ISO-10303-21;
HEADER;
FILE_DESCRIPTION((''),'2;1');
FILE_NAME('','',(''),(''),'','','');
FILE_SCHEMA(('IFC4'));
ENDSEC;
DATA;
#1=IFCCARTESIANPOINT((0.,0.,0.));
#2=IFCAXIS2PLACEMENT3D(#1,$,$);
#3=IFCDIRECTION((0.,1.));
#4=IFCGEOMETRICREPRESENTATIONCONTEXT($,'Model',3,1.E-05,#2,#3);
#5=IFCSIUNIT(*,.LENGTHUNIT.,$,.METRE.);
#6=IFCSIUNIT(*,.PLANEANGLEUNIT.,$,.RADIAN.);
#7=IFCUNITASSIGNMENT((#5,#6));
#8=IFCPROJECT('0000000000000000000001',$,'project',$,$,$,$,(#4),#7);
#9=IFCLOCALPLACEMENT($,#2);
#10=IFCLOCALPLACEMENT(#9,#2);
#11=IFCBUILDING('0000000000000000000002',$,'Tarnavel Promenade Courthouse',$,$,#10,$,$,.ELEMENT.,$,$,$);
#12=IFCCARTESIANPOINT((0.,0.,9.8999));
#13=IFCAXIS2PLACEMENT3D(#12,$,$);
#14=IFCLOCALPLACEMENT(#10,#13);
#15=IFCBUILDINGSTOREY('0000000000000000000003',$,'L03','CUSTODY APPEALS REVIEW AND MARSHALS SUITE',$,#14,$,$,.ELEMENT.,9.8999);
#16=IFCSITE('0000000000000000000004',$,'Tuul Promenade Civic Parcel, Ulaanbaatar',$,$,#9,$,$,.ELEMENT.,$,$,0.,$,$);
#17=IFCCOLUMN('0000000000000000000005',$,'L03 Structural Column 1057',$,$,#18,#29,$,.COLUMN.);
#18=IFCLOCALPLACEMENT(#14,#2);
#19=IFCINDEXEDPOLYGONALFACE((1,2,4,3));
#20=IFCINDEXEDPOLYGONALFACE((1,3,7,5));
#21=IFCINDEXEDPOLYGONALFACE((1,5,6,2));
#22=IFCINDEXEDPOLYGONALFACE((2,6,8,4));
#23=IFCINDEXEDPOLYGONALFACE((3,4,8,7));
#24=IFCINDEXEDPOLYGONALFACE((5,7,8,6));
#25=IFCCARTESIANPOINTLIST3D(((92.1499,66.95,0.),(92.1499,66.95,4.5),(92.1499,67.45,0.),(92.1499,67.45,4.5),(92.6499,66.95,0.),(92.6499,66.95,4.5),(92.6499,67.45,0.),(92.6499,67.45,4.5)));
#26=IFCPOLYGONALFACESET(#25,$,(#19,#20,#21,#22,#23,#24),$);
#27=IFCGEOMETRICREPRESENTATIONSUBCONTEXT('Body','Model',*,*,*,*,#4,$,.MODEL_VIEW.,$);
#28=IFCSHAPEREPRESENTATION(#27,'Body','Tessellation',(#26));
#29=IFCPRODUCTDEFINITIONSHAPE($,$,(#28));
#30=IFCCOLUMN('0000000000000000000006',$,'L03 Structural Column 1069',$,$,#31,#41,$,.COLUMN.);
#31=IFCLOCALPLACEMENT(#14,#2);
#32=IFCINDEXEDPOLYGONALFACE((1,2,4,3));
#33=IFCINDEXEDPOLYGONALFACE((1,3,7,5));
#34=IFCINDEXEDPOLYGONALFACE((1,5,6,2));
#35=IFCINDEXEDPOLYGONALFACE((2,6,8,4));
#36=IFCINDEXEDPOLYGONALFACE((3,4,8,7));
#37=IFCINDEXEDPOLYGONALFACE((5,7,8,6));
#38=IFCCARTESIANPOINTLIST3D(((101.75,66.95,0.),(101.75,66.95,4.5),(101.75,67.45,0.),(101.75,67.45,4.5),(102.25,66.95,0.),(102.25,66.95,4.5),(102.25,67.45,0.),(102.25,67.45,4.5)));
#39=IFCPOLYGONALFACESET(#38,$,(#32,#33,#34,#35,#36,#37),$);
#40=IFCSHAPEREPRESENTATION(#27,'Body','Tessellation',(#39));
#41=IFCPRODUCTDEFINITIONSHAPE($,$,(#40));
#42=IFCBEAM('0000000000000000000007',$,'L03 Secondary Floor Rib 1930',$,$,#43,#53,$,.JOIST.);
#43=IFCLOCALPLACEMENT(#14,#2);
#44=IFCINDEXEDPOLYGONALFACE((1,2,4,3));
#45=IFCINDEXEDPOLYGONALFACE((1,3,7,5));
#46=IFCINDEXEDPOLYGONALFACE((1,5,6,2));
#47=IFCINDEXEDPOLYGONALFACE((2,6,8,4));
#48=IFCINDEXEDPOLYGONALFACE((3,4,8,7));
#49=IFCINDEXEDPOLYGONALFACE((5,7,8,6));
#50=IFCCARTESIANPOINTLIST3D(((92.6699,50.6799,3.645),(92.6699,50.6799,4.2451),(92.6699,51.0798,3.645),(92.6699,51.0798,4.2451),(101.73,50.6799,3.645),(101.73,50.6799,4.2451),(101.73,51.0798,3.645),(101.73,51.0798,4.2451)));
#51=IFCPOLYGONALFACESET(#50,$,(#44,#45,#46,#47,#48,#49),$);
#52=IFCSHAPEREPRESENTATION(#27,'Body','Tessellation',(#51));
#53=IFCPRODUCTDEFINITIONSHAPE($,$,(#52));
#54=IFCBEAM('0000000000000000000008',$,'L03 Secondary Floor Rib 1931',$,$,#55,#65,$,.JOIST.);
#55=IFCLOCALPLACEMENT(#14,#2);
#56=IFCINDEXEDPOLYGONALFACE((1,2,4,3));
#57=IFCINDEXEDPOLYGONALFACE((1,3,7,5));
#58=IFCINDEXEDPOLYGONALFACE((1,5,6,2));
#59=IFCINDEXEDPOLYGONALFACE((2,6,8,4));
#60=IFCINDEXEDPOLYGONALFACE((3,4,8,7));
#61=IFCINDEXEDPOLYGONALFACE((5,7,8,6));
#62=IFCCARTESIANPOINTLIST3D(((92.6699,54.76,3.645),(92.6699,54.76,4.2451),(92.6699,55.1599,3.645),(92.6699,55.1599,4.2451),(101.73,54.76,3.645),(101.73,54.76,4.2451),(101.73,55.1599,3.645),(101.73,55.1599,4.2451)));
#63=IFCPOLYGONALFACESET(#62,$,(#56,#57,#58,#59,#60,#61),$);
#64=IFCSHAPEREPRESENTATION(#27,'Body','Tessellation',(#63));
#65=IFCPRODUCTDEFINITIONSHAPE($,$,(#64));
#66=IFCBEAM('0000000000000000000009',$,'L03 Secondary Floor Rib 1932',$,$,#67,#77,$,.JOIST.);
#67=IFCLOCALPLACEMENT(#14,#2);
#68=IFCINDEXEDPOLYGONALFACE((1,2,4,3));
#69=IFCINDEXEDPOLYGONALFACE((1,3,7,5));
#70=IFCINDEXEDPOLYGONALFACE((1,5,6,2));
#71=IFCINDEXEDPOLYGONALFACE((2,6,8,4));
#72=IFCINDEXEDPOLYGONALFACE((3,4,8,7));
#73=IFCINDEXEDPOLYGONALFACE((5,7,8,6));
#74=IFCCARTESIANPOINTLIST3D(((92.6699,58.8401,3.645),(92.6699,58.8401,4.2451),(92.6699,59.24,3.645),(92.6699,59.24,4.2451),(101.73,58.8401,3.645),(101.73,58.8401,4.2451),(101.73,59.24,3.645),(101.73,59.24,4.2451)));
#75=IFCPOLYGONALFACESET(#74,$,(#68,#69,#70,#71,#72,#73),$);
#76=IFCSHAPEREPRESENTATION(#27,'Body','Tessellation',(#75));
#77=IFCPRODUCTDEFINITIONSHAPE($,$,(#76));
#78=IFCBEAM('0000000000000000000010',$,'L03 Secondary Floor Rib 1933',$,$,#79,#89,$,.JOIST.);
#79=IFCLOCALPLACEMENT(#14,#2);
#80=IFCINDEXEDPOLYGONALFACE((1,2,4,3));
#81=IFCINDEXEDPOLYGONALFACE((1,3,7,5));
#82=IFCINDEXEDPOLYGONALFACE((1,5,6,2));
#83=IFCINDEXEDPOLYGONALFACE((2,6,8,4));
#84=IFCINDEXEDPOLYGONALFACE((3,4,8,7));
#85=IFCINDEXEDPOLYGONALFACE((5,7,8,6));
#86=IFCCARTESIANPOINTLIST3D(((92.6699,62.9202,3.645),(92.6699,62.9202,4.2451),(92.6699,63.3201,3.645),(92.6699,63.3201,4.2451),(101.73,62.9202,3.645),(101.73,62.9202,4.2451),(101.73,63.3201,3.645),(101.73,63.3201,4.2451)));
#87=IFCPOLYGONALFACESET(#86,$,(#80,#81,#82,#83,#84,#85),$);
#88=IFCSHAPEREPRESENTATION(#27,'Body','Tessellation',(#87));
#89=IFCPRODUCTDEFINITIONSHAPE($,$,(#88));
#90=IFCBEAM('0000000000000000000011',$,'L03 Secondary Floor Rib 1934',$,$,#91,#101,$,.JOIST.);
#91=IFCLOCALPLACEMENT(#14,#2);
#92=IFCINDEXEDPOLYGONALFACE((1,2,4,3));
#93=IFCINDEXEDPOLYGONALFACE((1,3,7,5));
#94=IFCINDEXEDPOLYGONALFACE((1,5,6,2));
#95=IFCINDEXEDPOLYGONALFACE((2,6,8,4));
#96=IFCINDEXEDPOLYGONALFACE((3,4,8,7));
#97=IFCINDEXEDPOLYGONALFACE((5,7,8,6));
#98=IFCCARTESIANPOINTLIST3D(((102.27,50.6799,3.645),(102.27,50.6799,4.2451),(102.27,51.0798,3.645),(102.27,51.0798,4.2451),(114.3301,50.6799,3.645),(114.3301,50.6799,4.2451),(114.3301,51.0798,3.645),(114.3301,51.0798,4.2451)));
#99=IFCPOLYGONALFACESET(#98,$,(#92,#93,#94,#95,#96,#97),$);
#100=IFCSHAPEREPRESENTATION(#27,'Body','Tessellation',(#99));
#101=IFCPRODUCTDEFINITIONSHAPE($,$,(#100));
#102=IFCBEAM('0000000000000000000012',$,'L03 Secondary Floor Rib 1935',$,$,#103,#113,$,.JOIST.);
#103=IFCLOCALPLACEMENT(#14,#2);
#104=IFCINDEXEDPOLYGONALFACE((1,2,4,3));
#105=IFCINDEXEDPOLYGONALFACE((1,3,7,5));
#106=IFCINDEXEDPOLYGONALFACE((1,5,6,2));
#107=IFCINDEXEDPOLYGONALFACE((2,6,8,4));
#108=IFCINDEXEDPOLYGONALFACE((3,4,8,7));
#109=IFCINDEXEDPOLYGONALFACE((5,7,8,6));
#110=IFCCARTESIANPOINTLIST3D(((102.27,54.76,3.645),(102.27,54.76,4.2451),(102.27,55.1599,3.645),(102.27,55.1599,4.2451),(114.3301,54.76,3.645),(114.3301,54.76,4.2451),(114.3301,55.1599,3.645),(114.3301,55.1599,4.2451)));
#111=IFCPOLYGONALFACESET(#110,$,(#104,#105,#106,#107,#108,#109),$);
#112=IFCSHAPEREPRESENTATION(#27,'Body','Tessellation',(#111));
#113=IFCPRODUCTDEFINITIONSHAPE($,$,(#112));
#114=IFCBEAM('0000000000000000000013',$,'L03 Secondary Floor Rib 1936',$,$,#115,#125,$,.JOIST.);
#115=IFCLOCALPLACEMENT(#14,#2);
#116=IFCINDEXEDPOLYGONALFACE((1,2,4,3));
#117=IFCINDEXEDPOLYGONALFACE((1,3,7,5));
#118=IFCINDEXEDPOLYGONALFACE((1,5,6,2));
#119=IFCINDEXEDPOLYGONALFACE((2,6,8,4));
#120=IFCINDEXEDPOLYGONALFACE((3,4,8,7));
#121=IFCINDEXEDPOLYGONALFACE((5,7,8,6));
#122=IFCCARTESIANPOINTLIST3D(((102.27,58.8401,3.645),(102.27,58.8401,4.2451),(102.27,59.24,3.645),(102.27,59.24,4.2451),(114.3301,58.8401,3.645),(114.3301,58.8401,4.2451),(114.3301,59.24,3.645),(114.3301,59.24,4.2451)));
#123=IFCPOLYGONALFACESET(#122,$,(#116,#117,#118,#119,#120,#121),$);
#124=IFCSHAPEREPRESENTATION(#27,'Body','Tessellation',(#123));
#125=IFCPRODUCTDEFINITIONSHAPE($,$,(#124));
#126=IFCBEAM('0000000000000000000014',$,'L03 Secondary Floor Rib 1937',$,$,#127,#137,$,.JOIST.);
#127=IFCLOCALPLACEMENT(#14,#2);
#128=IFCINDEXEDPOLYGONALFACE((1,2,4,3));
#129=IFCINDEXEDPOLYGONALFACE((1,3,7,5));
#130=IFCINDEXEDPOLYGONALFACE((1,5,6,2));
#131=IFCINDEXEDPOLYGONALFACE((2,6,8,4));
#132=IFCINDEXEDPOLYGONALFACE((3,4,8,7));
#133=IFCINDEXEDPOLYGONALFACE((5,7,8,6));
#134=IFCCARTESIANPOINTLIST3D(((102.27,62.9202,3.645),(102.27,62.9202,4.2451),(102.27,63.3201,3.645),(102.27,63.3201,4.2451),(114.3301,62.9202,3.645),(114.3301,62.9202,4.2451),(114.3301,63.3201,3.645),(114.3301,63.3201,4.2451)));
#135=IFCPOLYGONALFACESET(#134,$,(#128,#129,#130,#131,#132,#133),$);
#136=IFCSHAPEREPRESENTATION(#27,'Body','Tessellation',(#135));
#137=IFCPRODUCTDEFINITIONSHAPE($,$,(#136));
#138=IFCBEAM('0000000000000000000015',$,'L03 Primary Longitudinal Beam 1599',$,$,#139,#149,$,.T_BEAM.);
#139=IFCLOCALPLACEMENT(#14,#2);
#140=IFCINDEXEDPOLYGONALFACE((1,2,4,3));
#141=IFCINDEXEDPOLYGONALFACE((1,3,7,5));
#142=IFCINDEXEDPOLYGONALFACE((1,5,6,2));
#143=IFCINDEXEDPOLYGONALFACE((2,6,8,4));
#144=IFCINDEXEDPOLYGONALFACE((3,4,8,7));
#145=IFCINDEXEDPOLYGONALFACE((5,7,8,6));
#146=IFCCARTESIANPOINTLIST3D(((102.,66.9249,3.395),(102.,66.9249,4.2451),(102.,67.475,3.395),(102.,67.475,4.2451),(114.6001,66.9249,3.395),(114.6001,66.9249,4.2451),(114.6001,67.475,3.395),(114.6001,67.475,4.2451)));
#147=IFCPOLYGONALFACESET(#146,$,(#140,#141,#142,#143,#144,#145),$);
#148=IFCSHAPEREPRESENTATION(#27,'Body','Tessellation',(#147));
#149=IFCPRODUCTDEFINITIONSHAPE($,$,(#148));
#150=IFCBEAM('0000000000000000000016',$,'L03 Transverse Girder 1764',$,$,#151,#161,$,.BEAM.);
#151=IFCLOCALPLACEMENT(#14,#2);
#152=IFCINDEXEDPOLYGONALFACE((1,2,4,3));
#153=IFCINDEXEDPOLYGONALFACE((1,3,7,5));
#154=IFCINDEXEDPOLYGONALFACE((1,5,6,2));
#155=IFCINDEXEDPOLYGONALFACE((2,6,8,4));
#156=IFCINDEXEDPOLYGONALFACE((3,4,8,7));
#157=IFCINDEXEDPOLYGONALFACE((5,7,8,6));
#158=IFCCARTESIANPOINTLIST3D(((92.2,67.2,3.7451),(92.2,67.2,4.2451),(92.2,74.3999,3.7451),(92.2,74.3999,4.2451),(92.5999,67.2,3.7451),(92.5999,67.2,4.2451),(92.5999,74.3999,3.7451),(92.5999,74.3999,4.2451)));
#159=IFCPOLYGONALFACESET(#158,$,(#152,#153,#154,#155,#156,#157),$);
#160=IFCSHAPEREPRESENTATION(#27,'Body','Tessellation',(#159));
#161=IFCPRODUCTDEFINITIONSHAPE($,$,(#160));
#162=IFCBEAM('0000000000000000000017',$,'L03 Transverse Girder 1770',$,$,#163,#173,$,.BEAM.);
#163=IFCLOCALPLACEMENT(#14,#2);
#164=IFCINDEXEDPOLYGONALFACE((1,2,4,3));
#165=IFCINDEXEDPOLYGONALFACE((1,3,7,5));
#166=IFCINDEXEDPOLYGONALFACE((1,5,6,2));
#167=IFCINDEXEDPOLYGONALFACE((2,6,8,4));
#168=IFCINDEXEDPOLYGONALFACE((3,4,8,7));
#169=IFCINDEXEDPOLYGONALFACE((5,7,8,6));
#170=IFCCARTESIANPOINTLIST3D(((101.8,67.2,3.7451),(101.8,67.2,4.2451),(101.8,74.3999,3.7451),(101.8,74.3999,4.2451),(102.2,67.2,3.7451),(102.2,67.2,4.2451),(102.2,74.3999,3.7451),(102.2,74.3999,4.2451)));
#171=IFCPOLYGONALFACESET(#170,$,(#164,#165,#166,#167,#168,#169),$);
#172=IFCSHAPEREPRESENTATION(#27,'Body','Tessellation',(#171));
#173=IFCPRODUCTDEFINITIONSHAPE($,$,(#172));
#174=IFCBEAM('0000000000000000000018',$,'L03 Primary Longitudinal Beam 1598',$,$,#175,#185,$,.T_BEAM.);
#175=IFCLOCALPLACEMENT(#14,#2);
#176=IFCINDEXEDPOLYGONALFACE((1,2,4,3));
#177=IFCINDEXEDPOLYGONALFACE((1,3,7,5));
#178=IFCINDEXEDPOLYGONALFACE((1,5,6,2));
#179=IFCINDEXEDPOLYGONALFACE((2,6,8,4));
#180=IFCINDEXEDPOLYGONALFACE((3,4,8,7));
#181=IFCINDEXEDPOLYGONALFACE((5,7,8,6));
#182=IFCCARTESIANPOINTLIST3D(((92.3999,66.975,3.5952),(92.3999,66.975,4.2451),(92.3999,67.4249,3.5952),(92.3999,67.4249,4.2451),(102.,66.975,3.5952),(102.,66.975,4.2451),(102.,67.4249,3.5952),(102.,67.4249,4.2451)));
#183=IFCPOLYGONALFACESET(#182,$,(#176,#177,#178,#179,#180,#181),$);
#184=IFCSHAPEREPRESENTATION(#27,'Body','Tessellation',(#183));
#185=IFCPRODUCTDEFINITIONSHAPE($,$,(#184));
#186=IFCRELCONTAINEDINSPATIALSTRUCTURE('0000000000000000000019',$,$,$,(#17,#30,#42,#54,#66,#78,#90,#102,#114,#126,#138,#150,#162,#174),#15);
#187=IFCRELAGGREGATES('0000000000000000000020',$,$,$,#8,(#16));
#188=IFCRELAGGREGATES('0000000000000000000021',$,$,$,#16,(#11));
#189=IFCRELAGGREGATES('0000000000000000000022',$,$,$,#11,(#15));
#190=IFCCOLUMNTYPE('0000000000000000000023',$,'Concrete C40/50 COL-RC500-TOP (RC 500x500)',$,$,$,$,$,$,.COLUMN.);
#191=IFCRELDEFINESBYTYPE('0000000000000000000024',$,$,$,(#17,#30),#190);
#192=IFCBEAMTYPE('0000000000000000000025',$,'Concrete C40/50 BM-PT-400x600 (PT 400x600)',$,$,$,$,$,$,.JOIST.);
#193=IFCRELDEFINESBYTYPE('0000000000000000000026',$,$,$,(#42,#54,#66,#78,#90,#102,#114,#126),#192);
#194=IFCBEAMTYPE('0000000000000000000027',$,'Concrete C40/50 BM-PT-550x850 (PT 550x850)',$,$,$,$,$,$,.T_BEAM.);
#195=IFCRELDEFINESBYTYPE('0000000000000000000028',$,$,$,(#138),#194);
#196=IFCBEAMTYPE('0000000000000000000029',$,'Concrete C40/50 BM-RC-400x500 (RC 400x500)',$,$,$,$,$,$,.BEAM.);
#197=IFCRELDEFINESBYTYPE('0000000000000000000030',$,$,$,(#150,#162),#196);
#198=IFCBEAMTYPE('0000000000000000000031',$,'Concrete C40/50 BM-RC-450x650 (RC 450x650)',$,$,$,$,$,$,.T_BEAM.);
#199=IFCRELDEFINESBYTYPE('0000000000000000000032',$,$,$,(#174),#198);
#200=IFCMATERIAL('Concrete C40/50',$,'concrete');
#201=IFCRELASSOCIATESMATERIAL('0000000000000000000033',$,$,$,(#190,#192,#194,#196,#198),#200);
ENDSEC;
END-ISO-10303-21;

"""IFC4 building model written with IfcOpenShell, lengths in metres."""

from ifc_helpers import new_model, si_unit, direction, frame, origin, origin_2d, place, context, subcontext, project, spatial, rectangle, extrude, material, material_profile, profile_set, type_object, element, save


model = new_model("IFC4")

# Units and contexts
model_context = context("Model", 3, precision=1e-05, world=origin(), true_north=direction((0.0, 1.0)))
body_context = subcontext(model_context, "Body", "Model", "MODEL_VIEW")
ifc_project = project(units=[si_unit("LENGTHUNIT", "METRE"), si_unit("PLANEANGLEUNIT", "RADIAN")], contexts=[model_context])

# Site, building, storey
site_placement = place(None, origin())
site = spatial("IfcSite", under=ifc_project, at=site_placement, Name="Tuul Promenade Civic Parcel, Ulaanbaatar", CompositionType="ELEMENT", RefElevation=0.0)
building_placement = place(site_placement, origin())
building = spatial("IfcBuilding", under=site, at=building_placement, Name="Tarnavel Promenade Courthouse", CompositionType="ELEMENT")
storey_placement = place(building_placement, frame((0.0, 0.0, 9.8999)))
storey = spatial("IfcBuildingStorey", under=building, at=storey_placement, Name="L03", Description="CUSTODY APPEALS REVIEW AND MARSHALS SUITE", CompositionType="ELEMENT", Elevation=9.8999)

# Columns
ifc_material_1 = material(Name="Concrete C40/50", Category="concrete")
ifc_material_profile_1 = material_profile(ifc_material_1, rectangle(XDim=0.5, YDim=0.5, at=origin_2d()), Name="RC 500x500")
ifc_profile_set_1 = profile_set([ifc_material_profile_1], Name="Concrete C40/50")
column_type = type_object("IfcColumnType", Name="Concrete C40/50 COL-RC500-TOP (RC 500x500)", PredefinedType="COLUMN", material=ifc_profile_set_1)
for number, where, z_axis, x_axis, name in (
    (1, (92.3999, 67.2, 0.0), (0.0, 0.0, 1.0), (1.0, 0.0, 0.0), "L03 Structural Column 1057"),
    (2, (102.0, 67.2, 0.0), (0.0, 0.0, 1.0), (1.0, 0.0, 0.0), "L03 Structural Column 1069"),
):
    element("IfcColumn", number, at=place(storey_placement, frame(where, z_axis=z_axis, x_axis=x_axis)), inside=storey, type_object=column_type, Name=name, PredefinedType="COLUMN", context=body_context, shape_type="SweptSolid", body=[
        extrude(rectangle(XDim=0.5, YDim=0.5, at=origin_2d()), origin(), (0.0, 0.0, 1.0), 4.5),
    ])

# Beams
ifc_material_profile_2 = material_profile(ifc_material_1, rectangle(XDim=0.3999, YDim=0.6001, at=origin_2d()), Name="PT 400x600")
ifc_profile_set_2 = profile_set([ifc_material_profile_2], Name="Concrete C40/50")
beam_type_1 = type_object("IfcBeamType", Name="Concrete C40/50 BM-PT-400x600 (PT 400x600)", PredefinedType="JOIST", material=ifc_profile_set_2)
for number, where, z_axis, x_axis, name in (
    (3, (92.6699, 50.8799, 3.9451), (1.0, 0.0, 0.0), (0.0, 1.0, 0.0), "L03 Secondary Floor Rib 1930"),
    (4, (92.6699, 54.96, 3.9451), (1.0, 0.0, 0.0), (0.0, 1.0, 0.0), "L03 Secondary Floor Rib 1931"),
    (5, (92.6699, 59.04, 3.9451), (1.0, 0.0, 0.0), (0.0, 1.0, 0.0), "L03 Secondary Floor Rib 1932"),
    (6, (92.6699, 63.1201, 3.9451), (1.0, 0.0, 0.0), (0.0, 1.0, 0.0), "L03 Secondary Floor Rib 1933"),
):
    element("IfcBeam", number, at=place(storey_placement, frame(where, z_axis=z_axis, x_axis=x_axis)), inside=storey, type_object=beam_type_1, Name=name, PredefinedType="JOIST", context=body_context, shape_type="SweptSolid", body=[
        extrude(rectangle(XDim=0.3999, YDim=0.6001, at=origin_2d()), origin(), (0.0, 0.0, 1.0), 9.0601),
    ])
for number, where, z_axis, x_axis, name in (
    (7, (102.27, 50.8799, 3.9451), (1.0, 0.0, 0.0), (0.0, 1.0, 0.0), "L03 Secondary Floor Rib 1934"),
    (8, (102.27, 54.96, 3.9451), (1.0, 0.0, 0.0), (0.0, 1.0, 0.0), "L03 Secondary Floor Rib 1935"),
    (9, (102.27, 59.04, 3.9451), (1.0, 0.0, 0.0), (0.0, 1.0, 0.0), "L03 Secondary Floor Rib 1936"),
    (10, (102.27, 63.1201, 3.9451), (1.0, 0.0, 0.0), (0.0, 1.0, 0.0), "L03 Secondary Floor Rib 1937"),
):
    element("IfcBeam", number, at=place(storey_placement, frame(where, z_axis=z_axis, x_axis=x_axis)), inside=storey, type_object=beam_type_1, Name=name, PredefinedType="JOIST", context=body_context, shape_type="SweptSolid", body=[
        extrude(rectangle(XDim=0.3999, YDim=0.6001, at=origin_2d()), origin(), (0.0, 0.0, 1.0), 12.0601),
    ])
ifc_material_profile_3 = material_profile(ifc_material_1, rectangle(XDim=0.55, YDim=0.8501, at=origin_2d()), Name="PT 550x850")
ifc_profile_set_3 = profile_set([ifc_material_profile_3], Name="Concrete C40/50")
beam_type_2 = type_object("IfcBeamType", Name="Concrete C40/50 BM-PT-550x850 (PT 550x850)", PredefinedType="T_BEAM", material=ifc_profile_set_3)
beam_1_placement = place(storey_placement, frame((102.0, 67.2, 3.8201), z_axis=(1.0, 0.0, 0.0), x_axis=(0.0, 1.0, 0.0)))
element("IfcBeam", 11, at=beam_1_placement, inside=storey, type_object=beam_type_2, Name="L03 Primary Longitudinal Beam 1599", PredefinedType="T_BEAM", context=body_context, shape_type="SweptSolid", body=[
    extrude(rectangle(XDim=0.55, YDim=0.8501, at=origin_2d()), origin(), (0.0, 0.0, 1.0), 12.6001),
])
ifc_material_profile_4 = material_profile(ifc_material_1, rectangle(XDim=0.3999, YDim=0.5, at=origin_2d()), Name="RC 400x500")
ifc_profile_set_4 = profile_set([ifc_material_profile_4], Name="Concrete C40/50")
beam_type_3 = type_object("IfcBeamType", Name="Concrete C40/50 BM-RC-400x500 (RC 400x500)", PredefinedType="BEAM", material=ifc_profile_set_4)
for number, where, z_axis, x_axis, name in (
    (12, (92.3999, 67.2, 3.9951), (0.0, 1.0, 0.0), (-1.0, 0.0, 0.0), "L03 Transverse Girder 1764"),
    (13, (102.0, 67.2, 3.9951), (0.0, 1.0, 0.0), (-1.0, 0.0, 0.0), "L03 Transverse Girder 1770"),
):
    element("IfcBeam", number, at=place(storey_placement, frame(where, z_axis=z_axis, x_axis=x_axis)), inside=storey, type_object=beam_type_3, Name=name, PredefinedType="BEAM", context=body_context, shape_type="SweptSolid", body=[
        extrude(rectangle(XDim=0.3999, YDim=0.5, at=origin_2d()), origin(), (0.0, 0.0, 1.0), 7.2),
    ])
ifc_material_profile_5 = material_profile(ifc_material_1, rectangle(XDim=0.45, YDim=0.6499, at=origin_2d()), Name="RC 450x650")
ifc_profile_set_5 = profile_set([ifc_material_profile_5], Name="Concrete C40/50")
beam_type_4 = type_object("IfcBeamType", Name="Concrete C40/50 BM-RC-450x650 (RC 450x650)", PredefinedType="T_BEAM", material=ifc_profile_set_5)
beam_2_placement = place(storey_placement, frame((92.3999, 67.2, 3.9202), z_axis=(1.0, 0.0, 0.0), x_axis=(0.0, 1.0, 0.0)))
element("IfcBeam", 14, at=beam_2_placement, inside=storey, type_object=beam_type_4, Name="L03 Primary Longitudinal Beam 1598", PredefinedType="T_BEAM", context=body_context, shape_type="SweptSolid", body=[
    extrude(rectangle(XDim=0.45, YDim=0.6499, at=origin_2d()), origin(), (0.0, 0.0, 1.0), 9.6001),
])

save(model, "model.ifc")
